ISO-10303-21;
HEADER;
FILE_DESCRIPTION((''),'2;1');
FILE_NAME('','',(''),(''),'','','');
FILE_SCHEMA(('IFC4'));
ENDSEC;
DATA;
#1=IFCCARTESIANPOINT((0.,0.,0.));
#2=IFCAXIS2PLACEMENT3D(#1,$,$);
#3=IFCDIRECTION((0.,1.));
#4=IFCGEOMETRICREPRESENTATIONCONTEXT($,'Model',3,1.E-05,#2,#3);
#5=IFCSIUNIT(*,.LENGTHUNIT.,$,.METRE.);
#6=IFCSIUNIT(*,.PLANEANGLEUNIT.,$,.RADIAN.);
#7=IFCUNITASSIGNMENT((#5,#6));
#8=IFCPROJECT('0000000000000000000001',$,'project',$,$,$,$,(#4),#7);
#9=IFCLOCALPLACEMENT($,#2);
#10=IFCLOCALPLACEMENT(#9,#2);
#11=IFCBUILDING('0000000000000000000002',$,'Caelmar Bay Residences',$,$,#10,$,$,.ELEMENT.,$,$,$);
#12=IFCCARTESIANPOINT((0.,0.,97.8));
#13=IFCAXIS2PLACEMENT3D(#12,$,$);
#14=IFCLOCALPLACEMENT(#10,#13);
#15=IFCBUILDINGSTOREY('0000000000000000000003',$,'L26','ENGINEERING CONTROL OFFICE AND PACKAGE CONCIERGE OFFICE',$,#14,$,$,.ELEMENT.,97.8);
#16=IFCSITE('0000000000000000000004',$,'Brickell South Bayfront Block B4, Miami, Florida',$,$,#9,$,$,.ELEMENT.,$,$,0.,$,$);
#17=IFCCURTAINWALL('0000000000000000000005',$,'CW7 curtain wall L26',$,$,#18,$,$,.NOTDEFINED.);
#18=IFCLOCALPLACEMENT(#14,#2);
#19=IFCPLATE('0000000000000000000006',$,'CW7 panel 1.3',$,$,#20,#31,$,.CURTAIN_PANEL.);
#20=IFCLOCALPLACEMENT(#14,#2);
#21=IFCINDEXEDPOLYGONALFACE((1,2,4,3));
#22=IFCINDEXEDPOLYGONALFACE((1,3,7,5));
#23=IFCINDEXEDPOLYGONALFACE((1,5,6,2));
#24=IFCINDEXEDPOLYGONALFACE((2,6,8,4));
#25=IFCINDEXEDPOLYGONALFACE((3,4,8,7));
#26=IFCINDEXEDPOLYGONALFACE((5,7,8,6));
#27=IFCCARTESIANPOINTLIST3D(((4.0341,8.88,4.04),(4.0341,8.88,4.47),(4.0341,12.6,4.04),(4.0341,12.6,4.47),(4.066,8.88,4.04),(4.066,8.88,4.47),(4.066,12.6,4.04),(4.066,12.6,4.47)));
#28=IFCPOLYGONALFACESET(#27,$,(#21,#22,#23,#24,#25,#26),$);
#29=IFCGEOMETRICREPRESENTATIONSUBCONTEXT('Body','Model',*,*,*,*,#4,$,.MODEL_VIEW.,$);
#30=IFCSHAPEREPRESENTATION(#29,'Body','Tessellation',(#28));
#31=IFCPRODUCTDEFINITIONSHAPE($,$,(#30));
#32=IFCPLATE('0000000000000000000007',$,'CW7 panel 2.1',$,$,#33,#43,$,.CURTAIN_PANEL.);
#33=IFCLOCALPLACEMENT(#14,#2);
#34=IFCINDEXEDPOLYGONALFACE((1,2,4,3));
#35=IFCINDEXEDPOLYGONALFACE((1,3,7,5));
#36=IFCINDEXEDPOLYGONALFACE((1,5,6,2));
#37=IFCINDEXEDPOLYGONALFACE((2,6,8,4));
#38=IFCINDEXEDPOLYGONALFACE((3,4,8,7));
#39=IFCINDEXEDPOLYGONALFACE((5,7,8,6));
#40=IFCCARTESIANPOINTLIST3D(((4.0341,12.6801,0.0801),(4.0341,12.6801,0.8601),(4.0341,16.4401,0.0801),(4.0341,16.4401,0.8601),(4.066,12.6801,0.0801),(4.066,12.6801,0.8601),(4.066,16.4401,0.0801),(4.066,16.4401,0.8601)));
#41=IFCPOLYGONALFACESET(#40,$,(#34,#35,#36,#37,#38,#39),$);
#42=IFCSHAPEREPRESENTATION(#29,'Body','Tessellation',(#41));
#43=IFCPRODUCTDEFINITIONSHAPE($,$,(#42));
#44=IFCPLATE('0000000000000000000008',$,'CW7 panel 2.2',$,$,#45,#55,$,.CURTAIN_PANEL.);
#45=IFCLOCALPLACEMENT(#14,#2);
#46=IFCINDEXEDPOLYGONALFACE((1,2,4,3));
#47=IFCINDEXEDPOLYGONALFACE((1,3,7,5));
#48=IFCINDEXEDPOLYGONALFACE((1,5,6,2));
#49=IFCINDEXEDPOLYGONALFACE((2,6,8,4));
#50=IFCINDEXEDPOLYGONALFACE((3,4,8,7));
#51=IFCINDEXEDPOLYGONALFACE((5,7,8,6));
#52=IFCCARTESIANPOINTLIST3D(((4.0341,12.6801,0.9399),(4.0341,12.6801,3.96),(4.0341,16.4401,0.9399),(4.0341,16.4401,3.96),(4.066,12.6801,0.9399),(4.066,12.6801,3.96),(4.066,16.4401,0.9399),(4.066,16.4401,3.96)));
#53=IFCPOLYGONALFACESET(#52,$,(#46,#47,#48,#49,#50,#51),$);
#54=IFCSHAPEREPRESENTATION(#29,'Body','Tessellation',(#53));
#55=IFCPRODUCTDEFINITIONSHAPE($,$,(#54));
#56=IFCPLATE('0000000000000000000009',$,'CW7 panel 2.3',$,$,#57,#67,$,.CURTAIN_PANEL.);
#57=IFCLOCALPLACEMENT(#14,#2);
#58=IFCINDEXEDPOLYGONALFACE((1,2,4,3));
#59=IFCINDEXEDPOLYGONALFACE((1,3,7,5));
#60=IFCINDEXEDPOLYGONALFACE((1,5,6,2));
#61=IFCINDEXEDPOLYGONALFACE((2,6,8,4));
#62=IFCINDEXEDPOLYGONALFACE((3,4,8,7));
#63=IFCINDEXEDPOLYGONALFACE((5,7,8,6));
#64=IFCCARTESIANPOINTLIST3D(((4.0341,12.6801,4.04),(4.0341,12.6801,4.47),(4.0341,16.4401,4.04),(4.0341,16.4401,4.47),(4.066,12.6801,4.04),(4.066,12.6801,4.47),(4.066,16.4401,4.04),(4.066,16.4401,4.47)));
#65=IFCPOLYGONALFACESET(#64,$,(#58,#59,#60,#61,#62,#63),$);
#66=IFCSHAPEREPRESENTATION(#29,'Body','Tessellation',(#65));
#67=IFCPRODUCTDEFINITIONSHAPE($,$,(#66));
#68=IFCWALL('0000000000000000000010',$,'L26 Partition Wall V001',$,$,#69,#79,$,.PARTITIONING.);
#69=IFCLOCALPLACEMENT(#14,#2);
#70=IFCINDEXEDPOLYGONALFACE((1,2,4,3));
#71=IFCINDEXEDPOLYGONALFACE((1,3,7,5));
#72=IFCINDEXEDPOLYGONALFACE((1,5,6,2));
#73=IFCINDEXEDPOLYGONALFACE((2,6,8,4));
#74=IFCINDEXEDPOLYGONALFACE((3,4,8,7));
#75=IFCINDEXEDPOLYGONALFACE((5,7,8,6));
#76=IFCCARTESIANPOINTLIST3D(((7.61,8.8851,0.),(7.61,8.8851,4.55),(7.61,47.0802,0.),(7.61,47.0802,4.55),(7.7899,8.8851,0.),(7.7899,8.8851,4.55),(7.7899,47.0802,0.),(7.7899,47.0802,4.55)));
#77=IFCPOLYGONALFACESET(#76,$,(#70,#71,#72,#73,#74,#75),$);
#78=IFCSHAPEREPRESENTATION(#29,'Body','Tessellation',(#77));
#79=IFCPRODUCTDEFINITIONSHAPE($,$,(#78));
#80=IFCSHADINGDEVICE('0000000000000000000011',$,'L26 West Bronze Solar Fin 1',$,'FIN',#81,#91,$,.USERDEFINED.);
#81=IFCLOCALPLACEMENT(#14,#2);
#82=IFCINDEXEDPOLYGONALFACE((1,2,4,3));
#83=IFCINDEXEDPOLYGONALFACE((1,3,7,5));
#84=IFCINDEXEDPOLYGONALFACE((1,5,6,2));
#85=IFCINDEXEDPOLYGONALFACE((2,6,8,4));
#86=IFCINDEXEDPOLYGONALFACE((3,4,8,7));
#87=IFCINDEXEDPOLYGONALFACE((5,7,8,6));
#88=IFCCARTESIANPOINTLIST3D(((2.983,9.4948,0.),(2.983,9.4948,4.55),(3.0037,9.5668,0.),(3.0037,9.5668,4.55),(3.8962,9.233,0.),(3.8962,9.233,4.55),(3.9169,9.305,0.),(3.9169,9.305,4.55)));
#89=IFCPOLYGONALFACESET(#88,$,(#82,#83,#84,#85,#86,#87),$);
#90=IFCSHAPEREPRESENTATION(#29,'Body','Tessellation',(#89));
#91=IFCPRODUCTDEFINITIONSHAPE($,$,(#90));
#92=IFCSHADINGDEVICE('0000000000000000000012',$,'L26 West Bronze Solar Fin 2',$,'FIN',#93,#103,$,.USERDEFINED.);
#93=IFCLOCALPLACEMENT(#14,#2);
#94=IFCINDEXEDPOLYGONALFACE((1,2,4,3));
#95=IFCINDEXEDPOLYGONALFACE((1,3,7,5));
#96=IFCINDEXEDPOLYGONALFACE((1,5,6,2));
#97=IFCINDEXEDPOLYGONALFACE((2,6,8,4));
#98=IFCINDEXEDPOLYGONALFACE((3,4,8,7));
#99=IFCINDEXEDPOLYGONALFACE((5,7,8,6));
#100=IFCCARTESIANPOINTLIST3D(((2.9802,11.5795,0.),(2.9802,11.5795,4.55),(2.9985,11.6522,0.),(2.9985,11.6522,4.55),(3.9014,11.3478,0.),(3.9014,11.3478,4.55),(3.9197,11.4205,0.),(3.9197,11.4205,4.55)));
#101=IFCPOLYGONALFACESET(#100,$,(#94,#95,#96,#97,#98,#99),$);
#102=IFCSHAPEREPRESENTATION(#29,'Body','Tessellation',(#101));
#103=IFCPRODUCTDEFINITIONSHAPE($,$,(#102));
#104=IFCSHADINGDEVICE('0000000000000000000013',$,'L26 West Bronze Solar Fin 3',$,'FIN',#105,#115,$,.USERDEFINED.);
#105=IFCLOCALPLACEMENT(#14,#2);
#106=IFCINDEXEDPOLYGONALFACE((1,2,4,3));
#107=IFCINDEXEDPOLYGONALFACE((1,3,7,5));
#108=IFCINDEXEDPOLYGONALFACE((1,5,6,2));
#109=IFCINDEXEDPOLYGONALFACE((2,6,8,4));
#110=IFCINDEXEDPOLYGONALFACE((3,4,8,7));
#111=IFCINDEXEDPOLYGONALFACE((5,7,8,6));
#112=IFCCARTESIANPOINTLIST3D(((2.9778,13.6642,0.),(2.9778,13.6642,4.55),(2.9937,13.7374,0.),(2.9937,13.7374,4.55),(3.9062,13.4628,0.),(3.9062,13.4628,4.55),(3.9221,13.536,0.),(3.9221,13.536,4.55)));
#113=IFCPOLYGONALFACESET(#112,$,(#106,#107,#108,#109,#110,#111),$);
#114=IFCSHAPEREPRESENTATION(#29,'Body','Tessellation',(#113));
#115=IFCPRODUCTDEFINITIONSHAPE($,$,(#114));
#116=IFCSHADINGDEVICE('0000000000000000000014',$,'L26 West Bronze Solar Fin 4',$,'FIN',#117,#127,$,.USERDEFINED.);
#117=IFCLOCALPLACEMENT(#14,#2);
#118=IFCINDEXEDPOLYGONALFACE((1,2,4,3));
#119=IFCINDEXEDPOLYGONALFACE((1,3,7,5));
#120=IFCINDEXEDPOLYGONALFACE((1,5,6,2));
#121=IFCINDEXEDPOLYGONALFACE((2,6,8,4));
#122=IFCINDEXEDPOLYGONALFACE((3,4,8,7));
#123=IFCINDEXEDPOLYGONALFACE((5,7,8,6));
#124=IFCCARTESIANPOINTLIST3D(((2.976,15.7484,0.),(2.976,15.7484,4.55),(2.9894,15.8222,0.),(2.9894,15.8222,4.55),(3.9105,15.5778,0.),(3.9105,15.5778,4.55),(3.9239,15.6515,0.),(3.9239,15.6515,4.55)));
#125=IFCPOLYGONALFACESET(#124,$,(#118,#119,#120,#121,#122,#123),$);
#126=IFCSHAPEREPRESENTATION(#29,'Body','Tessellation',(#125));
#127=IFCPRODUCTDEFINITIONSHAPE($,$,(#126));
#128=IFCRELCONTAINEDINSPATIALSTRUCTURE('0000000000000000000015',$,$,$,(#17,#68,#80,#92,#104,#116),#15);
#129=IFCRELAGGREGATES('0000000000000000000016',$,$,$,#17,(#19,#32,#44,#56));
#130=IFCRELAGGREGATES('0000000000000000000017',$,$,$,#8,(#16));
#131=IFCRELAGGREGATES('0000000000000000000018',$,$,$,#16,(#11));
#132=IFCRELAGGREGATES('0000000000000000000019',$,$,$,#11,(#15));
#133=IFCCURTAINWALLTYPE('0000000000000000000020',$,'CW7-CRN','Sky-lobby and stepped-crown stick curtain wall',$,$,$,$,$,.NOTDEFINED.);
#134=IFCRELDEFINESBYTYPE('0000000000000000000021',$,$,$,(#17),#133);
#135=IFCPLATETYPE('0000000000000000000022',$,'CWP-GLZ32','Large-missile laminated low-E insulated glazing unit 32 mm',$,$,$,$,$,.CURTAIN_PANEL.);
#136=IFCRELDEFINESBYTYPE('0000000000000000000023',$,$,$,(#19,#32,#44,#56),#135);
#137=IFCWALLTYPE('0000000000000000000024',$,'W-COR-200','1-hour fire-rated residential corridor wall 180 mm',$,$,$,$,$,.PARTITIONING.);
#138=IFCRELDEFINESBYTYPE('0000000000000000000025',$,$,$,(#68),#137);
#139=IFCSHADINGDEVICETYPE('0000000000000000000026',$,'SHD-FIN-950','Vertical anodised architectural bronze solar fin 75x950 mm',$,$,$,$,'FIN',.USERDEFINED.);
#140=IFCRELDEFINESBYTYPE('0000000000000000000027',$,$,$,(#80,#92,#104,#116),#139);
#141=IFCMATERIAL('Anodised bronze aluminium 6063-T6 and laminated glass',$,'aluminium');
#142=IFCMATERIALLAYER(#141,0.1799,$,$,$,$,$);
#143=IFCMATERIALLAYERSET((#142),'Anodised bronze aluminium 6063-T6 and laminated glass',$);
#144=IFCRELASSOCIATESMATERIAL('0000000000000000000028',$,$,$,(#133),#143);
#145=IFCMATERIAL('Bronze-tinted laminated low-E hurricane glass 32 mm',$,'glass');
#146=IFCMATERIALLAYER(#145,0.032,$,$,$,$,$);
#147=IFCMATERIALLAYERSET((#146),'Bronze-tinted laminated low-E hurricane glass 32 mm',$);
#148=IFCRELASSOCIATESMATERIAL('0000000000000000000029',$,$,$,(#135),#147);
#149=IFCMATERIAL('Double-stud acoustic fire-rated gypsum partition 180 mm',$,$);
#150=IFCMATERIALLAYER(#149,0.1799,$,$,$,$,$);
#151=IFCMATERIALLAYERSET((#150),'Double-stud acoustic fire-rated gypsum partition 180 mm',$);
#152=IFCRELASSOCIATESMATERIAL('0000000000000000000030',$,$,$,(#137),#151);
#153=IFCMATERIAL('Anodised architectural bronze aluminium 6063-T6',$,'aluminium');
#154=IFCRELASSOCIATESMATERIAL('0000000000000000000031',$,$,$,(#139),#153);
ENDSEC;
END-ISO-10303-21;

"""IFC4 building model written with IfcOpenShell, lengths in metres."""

from ifc_helpers import new_model, si_unit, direction, frame, frame_2d, origin, origin_2d, place, context, subcontext, project, spatial, rectangle, extrude, material, layer, layer_set, material_profile, profile_set, type_object, element, aggregate, save


model = new_model("IFC4")

# Units and contexts
model_context = context("Model", 3, precision=1e-05, world=origin(), true_north=direction((0.0, 1.0)))
body_context = subcontext(model_context, "Body", "Model", "MODEL_VIEW")
ifc_project = project(units=[si_unit("LENGTHUNIT", "METRE"), si_unit("PLANEANGLEUNIT", "RADIAN")], contexts=[model_context])

# Site, building, storey
site_placement = place(None, origin())
site = spatial("IfcSite", under=ifc_project, at=site_placement, Name="Brickell South Bayfront Block B4, Miami, Florida", CompositionType="ELEMENT", RefElevation=0.0)
building_placement = place(site_placement, origin())
building = spatial("IfcBuilding", under=site, at=building_placement, Name="Caelmar Bay Residences", CompositionType="ELEMENT")
storey_placement = place(building_placement, frame((0.0, 0.0, 97.8)))
storey = spatial("IfcBuildingStorey", under=building, at=storey_placement, Name="L26", Description="ENGINEERING CONTROL OFFICE AND PACKAGE CONCIERGE OFFICE", CompositionType="ELEMENT", Elevation=97.8)

# Curtain wall, plates
ifc_material_1 = material(Name="Anodised bronze aluminium 6063-T6 and laminated glass", Category="aluminium")
ifc_layer_1 = layer(ifc_material_1, 0.1799)
ifc_layer_set_1 = layer_set([ifc_layer_1], Name="Anodised bronze aluminium 6063-T6 and laminated glass")
curtain_wall_type = type_object("IfcCurtainWallType", Name="CW7-CRN", Description="Sky-lobby and stepped-crown stick curtain wall", PredefinedType="NOTDEFINED", material=ifc_layer_set_1)
curtain_wall_placement = place(storey_placement, origin())
curtain_wall = element("IfcCurtainWall", 1, at=curtain_wall_placement, inside=storey, type_object=curtain_wall_type, Name="CW7 curtain wall L26", PredefinedType="NOTDEFINED")
ifc_material_2 = material(Name="Bronze-tinted laminated low-E hurricane glass 32 mm", Category="glass")
ifc_layer_2 = layer(ifc_material_2, 0.032)
ifc_layer_set_2 = layer_set([ifc_layer_2], Name="Bronze-tinted laminated low-E hurricane glass 32 mm")
plate_type = type_object("IfcPlateType", Name="CWP-GLZ32", Description="Large-missile laminated low-E insulated glazing unit 32 mm", PredefinedType="CURTAIN_PANEL", material=ifc_layer_set_2)
plate_1_placement = place(storey_placement, frame((4.05, 10.74, 4.04), z_axis=(0.0, 0.0, 1.0), x_axis=(0.0, 1.0, 0.0)))
plate_1 = element("IfcPlate", 2, at=plate_1_placement, type_object=plate_type, Name="CW7 panel 1.3", PredefinedType="CURTAIN_PANEL", context=body_context, shape_type="SweptSolid", body=[
    extrude(rectangle(XDim=3.72, YDim=0.032, at=origin_2d()), origin(), (0.0, 0.0, 1.0), 0.4299),
])
plate_2_placement = place(storey_placement, frame((4.05, 14.5601, 0.0801), z_axis=(0.0, 0.0, 1.0), x_axis=(0.0, 1.0, 0.0)))
plate_2 = element("IfcPlate", 3, at=plate_2_placement, type_object=plate_type, Name="CW7 panel 2.1", PredefinedType="CURTAIN_PANEL", context=body_context, shape_type="SweptSolid", body=[
    extrude(rectangle(XDim=3.76, YDim=0.032, at=origin_2d()), origin(), (0.0, 0.0, 1.0), 0.78),
])
plate_3_placement = place(storey_placement, frame((4.05, 14.5601, 0.9399), z_axis=(0.0, 0.0, 1.0), x_axis=(0.0, 1.0, 0.0)))
plate_3 = element("IfcPlate", 4, at=plate_3_placement, type_object=plate_type, Name="CW7 panel 2.2", PredefinedType="CURTAIN_PANEL", context=body_context, shape_type="SweptSolid", body=[
    extrude(rectangle(XDim=3.76, YDim=0.032, at=origin_2d()), origin(), (0.0, 0.0, 1.0), 3.02),
])
plate_4_placement = place(storey_placement, frame((4.05, 14.5601, 4.04), z_axis=(0.0, 0.0, 1.0), x_axis=(0.0, 1.0, 0.0)))
plate_4 = element("IfcPlate", 5, at=plate_4_placement, type_object=plate_type, Name="CW7 panel 2.3", PredefinedType="CURTAIN_PANEL", context=body_context, shape_type="SweptSolid", body=[
    extrude(rectangle(XDim=3.76, YDim=0.032, at=origin_2d()), origin(), (0.0, 0.0, 1.0), 0.4299),
])
aggregate(curtain_wall, [plate_1, plate_2, plate_3, plate_4])

# Wall
ifc_material_3 = material(Name="Double-stud acoustic fire-rated gypsum partition 180 mm")
ifc_layer_3 = layer(ifc_material_3, 0.1799)
ifc_layer_set_3 = layer_set([ifc_layer_3], Name="Double-stud acoustic fire-rated gypsum partition 180 mm")
wall_type = type_object("IfcWallType", Name="W-COR-200", Description="1-hour fire-rated residential corridor wall 180 mm", PredefinedType="PARTITIONING", material=ifc_layer_set_3)
wall_placement = place(storey_placement, frame((7.7, 8.885, 0.0), z_axis=(0.0, 0.0, 1.0), x_axis=(0.0, 1.0, 0.0)))
element("IfcWall", 6, at=wall_placement, inside=storey, type_object=wall_type, Name="L26 Partition Wall V001", PredefinedType="PARTITIONING", context=body_context, shape_type="SweptSolid", body=[
    extrude(rectangle(XDim=38.1951, YDim=0.1799, at=frame_2d((19.0977, 0.0))), origin(), (0.0, 0.0, 1.0), 4.55),
])

# Shading devices
ifc_material_4 = material(Name="Anodised architectural bronze aluminium 6063-T6", Category="aluminium")
ifc_material_profile_1 = material_profile(ifc_material_4, rectangle(XDim=0.075, YDim=0.95, at=origin_2d()), Name="BRONZE-FIN-75X950")
ifc_profile_set_1 = profile_set([ifc_material_profile_1], Name="Anodised architectural bronze aluminium 6063-T6")
shading_device_type = type_object("IfcShadingDeviceType", Name="SHD-FIN-950", Description="Vertical anodised architectural bronze solar fin 75x950 mm", ElementType="FIN", PredefinedType="USERDEFINED", material=ifc_profile_set_1)
for number, where, z_axis, x_axis, name in (
    (7, (3.45, 9.3999, 0.0), (0.0, 0.0, 1.0), (0.275637, 0.961262, 0.0), "L26 West Bronze Solar Fin 1"),
    (8, (3.45, 11.5, 0.0), (0.0, 0.0, 1.0), (0.243954, 0.969787, 0.0), "L26 West Bronze Solar Fin 2"),
    (9, (3.45, 13.6001, 0.0), (0.0, 0.0, 1.0), (0.212007, 0.977268, 0.0), "L26 West Bronze Solar Fin 3"),
    (10, (3.45, 15.7, 0.0), (0.0, 0.0, 1.0), (0.179661, 0.983729, 0.0), "L26 West Bronze Solar Fin 4"),
):
    element("IfcShadingDevice", number, at=place(storey_placement, frame(where, z_axis=z_axis, x_axis=x_axis)), inside=storey, type_object=shading_device_type, Name=name, ObjectType="FIN", PredefinedType="USERDEFINED", context=body_context, shape_type="SweptSolid", body=[
        extrude(rectangle(XDim=0.075, YDim=0.95, at=origin_2d()), origin(), (0.0, 0.0, 1.0), 4.55),
    ])

save(model, "model.ifc")
